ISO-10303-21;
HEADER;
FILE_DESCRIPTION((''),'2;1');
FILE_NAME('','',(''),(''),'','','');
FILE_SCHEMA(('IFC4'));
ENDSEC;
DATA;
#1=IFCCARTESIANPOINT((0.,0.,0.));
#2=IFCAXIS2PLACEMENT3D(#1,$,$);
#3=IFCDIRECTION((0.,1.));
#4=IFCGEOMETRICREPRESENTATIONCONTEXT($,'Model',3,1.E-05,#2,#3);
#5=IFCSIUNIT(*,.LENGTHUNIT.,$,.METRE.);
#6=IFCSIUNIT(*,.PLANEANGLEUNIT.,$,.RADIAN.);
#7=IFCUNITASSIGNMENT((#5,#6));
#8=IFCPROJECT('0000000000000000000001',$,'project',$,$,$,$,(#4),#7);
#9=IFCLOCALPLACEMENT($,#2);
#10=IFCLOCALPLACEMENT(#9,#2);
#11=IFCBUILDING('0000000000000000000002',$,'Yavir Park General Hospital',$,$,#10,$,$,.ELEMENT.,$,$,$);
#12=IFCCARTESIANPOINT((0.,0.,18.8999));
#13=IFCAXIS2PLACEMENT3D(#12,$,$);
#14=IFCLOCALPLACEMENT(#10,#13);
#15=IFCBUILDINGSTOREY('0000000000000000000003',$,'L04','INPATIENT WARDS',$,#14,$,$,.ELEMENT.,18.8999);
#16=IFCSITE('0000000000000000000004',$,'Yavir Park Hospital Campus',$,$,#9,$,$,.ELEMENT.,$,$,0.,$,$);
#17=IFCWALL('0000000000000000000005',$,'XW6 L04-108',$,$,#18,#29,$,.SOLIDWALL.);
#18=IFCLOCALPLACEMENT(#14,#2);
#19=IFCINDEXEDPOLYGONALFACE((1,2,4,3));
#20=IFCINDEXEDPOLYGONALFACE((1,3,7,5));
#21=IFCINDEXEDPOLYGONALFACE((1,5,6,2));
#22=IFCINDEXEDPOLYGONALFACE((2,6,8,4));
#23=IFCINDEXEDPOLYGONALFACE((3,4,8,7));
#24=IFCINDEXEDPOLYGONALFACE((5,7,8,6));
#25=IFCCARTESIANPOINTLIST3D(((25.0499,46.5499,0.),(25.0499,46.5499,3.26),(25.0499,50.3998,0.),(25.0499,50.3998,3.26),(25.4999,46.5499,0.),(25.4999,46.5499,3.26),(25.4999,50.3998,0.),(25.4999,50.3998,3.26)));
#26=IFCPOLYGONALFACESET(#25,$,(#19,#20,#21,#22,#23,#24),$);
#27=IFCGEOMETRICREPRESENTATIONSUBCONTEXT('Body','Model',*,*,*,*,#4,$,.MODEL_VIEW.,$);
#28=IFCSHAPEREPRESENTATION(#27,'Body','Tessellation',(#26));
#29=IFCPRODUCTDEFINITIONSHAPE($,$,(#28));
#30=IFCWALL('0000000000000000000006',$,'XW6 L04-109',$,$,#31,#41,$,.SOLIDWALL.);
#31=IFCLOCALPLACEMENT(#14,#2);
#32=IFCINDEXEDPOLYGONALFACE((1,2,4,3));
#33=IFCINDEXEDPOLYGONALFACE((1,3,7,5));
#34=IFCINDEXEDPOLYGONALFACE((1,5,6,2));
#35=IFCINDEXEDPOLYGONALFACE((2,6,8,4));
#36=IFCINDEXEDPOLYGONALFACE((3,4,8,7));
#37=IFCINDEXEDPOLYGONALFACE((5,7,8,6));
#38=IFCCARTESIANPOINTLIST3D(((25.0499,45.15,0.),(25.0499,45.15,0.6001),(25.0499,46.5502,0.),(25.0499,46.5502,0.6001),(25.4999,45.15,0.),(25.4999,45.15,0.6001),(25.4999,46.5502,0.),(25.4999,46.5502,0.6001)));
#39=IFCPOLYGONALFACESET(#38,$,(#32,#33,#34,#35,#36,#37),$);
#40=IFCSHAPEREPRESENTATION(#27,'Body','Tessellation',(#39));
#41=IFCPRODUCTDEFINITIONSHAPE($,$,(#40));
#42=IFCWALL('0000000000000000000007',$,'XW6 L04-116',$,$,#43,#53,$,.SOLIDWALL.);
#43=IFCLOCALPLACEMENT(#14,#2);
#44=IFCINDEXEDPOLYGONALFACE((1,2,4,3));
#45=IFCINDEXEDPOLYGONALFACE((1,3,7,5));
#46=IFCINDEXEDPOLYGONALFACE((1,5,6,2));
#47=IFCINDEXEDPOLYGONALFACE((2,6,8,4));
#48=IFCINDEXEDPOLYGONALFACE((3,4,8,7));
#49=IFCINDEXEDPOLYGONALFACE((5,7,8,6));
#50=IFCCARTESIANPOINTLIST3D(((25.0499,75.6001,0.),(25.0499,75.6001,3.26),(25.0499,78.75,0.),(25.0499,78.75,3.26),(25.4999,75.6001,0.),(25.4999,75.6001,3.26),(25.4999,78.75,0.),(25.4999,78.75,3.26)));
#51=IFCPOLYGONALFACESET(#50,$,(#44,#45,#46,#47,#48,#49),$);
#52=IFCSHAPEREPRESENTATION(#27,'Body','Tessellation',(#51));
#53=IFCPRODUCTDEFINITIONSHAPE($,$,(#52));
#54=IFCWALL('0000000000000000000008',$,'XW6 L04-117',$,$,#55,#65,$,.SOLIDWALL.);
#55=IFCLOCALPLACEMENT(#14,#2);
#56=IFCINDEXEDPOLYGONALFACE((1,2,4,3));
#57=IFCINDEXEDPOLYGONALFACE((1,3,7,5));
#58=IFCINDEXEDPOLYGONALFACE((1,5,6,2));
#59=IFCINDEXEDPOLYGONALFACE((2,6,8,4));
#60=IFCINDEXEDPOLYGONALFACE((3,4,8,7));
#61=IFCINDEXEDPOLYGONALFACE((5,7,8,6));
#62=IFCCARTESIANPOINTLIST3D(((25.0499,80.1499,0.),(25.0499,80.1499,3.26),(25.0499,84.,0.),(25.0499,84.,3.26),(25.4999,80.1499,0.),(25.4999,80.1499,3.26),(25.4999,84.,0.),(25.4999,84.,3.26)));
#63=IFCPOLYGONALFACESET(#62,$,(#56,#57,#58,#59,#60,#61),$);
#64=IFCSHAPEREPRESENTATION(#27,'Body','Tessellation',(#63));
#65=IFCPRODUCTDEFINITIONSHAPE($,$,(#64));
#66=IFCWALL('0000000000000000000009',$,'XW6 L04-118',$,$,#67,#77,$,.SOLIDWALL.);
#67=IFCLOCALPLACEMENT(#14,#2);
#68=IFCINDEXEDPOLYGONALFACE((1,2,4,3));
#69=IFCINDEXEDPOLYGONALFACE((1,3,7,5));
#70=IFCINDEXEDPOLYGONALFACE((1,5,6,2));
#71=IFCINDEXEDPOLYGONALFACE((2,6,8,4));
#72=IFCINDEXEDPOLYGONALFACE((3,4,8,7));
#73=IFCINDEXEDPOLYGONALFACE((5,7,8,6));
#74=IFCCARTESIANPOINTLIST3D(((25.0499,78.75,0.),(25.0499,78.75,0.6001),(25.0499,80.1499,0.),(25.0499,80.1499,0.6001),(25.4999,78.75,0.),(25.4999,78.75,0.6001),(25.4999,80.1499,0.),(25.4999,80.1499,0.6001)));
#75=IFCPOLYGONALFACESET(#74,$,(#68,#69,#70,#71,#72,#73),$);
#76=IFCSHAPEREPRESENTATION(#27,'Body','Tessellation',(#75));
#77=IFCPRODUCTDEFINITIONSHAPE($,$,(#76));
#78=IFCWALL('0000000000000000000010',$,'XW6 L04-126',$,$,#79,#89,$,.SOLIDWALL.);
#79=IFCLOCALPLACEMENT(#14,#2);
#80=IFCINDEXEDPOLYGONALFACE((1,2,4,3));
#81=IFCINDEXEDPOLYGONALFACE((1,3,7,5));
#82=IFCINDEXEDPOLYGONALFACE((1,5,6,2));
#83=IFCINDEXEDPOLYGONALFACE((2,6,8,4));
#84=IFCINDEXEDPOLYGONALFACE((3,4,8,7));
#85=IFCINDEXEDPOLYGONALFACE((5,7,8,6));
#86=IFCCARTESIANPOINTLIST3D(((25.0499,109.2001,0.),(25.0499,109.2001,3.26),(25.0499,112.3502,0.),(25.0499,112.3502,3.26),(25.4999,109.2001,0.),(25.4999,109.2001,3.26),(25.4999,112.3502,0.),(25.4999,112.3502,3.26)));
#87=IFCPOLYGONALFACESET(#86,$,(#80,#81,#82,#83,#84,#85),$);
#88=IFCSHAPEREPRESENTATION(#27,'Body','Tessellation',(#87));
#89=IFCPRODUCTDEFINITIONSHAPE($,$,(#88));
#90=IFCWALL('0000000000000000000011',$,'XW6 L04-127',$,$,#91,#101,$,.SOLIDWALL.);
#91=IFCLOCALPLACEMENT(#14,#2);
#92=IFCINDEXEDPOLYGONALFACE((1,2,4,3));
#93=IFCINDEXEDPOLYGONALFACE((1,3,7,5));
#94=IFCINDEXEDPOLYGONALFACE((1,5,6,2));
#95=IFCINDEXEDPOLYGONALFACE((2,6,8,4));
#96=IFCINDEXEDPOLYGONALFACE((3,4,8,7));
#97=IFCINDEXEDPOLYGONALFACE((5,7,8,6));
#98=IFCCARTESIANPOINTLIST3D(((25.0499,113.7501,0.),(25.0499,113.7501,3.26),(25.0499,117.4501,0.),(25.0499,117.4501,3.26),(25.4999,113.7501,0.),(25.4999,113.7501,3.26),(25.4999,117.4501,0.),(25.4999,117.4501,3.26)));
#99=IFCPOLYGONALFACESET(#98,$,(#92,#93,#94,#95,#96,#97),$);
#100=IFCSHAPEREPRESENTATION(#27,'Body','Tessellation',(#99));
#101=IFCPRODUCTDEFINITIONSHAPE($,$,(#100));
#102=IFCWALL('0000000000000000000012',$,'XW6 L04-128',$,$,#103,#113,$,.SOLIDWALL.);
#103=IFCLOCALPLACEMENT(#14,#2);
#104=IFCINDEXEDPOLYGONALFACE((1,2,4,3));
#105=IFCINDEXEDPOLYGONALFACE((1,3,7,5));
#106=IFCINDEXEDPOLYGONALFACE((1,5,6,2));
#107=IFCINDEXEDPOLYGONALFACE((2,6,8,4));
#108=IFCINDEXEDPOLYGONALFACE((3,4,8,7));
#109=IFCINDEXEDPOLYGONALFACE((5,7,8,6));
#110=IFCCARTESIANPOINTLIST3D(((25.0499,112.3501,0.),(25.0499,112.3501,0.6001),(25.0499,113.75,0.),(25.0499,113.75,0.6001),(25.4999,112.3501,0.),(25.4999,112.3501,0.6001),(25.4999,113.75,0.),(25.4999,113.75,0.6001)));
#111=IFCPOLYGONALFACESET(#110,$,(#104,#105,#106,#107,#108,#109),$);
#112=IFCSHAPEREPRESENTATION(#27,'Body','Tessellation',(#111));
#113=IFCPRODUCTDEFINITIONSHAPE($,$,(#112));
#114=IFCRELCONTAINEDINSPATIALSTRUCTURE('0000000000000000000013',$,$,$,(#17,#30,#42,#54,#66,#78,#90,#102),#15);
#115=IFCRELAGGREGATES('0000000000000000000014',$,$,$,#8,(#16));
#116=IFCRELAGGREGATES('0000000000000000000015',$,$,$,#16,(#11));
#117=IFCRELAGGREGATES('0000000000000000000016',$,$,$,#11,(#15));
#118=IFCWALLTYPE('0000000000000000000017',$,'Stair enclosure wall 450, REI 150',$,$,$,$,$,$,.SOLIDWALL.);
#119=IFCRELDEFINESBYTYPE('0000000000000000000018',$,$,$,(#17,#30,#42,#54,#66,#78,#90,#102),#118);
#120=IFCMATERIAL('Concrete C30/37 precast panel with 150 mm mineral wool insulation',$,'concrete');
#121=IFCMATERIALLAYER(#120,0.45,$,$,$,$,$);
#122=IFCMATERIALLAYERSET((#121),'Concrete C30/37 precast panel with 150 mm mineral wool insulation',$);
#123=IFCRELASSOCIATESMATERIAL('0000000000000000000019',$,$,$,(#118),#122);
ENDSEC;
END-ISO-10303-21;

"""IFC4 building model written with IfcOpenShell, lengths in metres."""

from ifc_helpers import new_model, si_unit, direction, frame, frame_2d, origin, place, context, subcontext, project, spatial, rectangle, extrude, material, layer, layer_set, type_object, element, save


model = new_model("IFC4")

# Units and contexts
model_context = context("Model", 3, precision=1e-05, world=origin(), true_north=direction((0.0, 1.0)))
body_context = subcontext(model_context, "Body", "Model", "MODEL_VIEW")
ifc_project = project(units=[si_unit("LENGTHUNIT", "METRE"), si_unit("PLANEANGLEUNIT", "RADIAN")], contexts=[model_context])

# Site, building, storey
site_placement = place(None, origin())
site = spatial("IfcSite", under=ifc_project, at=site_placement, Name="Yavir Park Hospital Campus", CompositionType="ELEMENT", RefElevation=0.0)
building_placement = place(site_placement, origin())
building = spatial("IfcBuilding", under=site, at=building_placement, Name="Yavir Park General Hospital", CompositionType="ELEMENT")
storey_placement = place(building_placement, frame((0.0, 0.0, 18.8999)))
storey = spatial("IfcBuildingStorey", under=building, at=storey_placement, Name="L04", Description="INPATIENT WARDS", CompositionType="ELEMENT", Elevation=18.8999)

# Walls
ifc_material_1 = material(Name="Concrete C30/37 precast panel with 150 mm mineral wool insulation", Category="concrete")
ifc_layer_1 = layer(ifc_material_1, 0.45)
ifc_layer_set_1 = layer_set([ifc_layer_1], Name="Concrete C30/37 precast panel with 150 mm mineral wool insulation")
wall_type_1 = type_object("IfcWallType", Name="Stair enclosure wall 450, REI 150", PredefinedType="SOLIDWALL", material=ifc_layer_set_1)
wall_1_placement = place(storey_placement, frame((25.2749, 46.55, 0.0), z_axis=(0.0, 0.0, 1.0), x_axis=(0.0, 1.0, 0.0)))
element("IfcWall", 1, at=wall_1_placement, inside=storey, type_object=wall_type_1, Name="XW6 L04-108", PredefinedType="SOLIDWALL", context=body_context, shape_type="SweptSolid", body=[
    extrude(rectangle(XDim=3.8499, YDim=0.45, at=frame_2d((1.9248, 0.0))), origin(), (0.0, 0.0, 1.0), 3.26),
])
wall_2_placement = place(storey_placement, frame((25.2749, 45.1499, 0.0), z_axis=(0.0, 0.0, 1.0), x_axis=(0.0, 1.0, 0.0)))
element("IfcWall", 2, at=wall_2_placement, inside=storey, type_object=wall_type_1, Name="XW6 L04-109", PredefinedType="SOLIDWALL", context=body_context, shape_type="SweptSolid", body=[
    extrude(rectangle(XDim=1.4001, YDim=0.45, at=frame_2d((0.7002, 0.0))), origin(), (0.0, 0.0, 1.0), 0.6001),
])
wall_3_placement = place(storey_placement, frame((25.2749, 75.6001, 0.0), z_axis=(0.0, 0.0, 1.0), x_axis=(0.0, 1.0, 0.0)))
element("IfcWall", 3, at=wall_3_placement, inside=storey, type_object=wall_type_1, Name="XW6 L04-116", PredefinedType="SOLIDWALL", context=body_context, shape_type="SweptSolid", body=[
    extrude(rectangle(XDim=3.1499, YDim=0.45, at=frame_2d((1.575, 0.0))), origin(), (0.0, 0.0, 1.0), 3.26),
])
wall_4_placement = place(storey_placement, frame((25.2749, 80.1499, 0.0), z_axis=(0.0, 0.0, 1.0), x_axis=(0.0, 1.0, 0.0)))
element("IfcWall", 4, at=wall_4_placement, inside=storey, type_object=wall_type_1, Name="XW6 L04-117", PredefinedType="SOLIDWALL", context=body_context, shape_type="SweptSolid", body=[
    extrude(rectangle(XDim=3.8501, YDim=0.45, at=frame_2d((1.925, 0.0))), origin(), (0.0, 0.0, 1.0), 3.26),
])
wall_5_placement = place(storey_placement, frame((25.2749, 78.75, 0.0), z_axis=(0.0, 0.0, 1.0), x_axis=(0.0, 1.0, 0.0)))
element("IfcWall", 5, at=wall_5_placement, inside=storey, type_object=wall_type_1, Name="XW6 L04-118", PredefinedType="SOLIDWALL", context=body_context, shape_type="SweptSolid", body=[
    extrude(rectangle(XDim=1.3999, YDim=0.45, at=frame_2d((0.7, 0.0))), origin(), (0.0, 0.0, 1.0), 0.6001),
])
wall_6_placement = place(storey_placement, frame((25.2749, 109.2, 0.0), z_axis=(0.0, 0.0, 1.0), x_axis=(0.0, 1.0, 0.0)))
element("IfcWall", 6, at=wall_6_placement, inside=storey, type_object=wall_type_1, Name="XW6 L04-126", PredefinedType="SOLIDWALL", context=body_context, shape_type="SweptSolid", body=[
    extrude(rectangle(XDim=3.1501, YDim=0.45, at=frame_2d((1.5752, 0.0))), origin(), (0.0, 0.0, 1.0), 3.26),
])
wall_7_placement = place(storey_placement, frame((25.2749, 113.75, 0.0), z_axis=(0.0, 0.0, 1.0), x_axis=(0.0, 1.0, 0.0)))
element("IfcWall", 7, at=wall_7_placement, inside=storey, type_object=wall_type_1, Name="XW6 L04-127", PredefinedType="SOLIDWALL", context=body_context, shape_type="SweptSolid", body=[
    extrude(rectangle(XDim=3.7, YDim=0.45, at=frame_2d((1.8501, 0.0))), origin(), (0.0, 0.0, 1.0), 3.26),
])
wall_8_placement = place(storey_placement, frame((25.2749, 112.3501, 0.0), z_axis=(0.0, 0.0, 1.0), x_axis=(0.0, 1.0, 0.0)))
element("IfcWall", 8, at=wall_8_placement, inside=storey, type_object=wall_type_1, Name="XW6 L04-128", PredefinedType="SOLIDWALL", context=body_context, shape_type="SweptSolid", body=[
    extrude(rectangle(XDim=1.3999, YDim=0.45, at=frame_2d((0.7, 0.0))), origin(), (0.0, 0.0, 1.0), 0.6001),
])

save(model, "model.ifc")
